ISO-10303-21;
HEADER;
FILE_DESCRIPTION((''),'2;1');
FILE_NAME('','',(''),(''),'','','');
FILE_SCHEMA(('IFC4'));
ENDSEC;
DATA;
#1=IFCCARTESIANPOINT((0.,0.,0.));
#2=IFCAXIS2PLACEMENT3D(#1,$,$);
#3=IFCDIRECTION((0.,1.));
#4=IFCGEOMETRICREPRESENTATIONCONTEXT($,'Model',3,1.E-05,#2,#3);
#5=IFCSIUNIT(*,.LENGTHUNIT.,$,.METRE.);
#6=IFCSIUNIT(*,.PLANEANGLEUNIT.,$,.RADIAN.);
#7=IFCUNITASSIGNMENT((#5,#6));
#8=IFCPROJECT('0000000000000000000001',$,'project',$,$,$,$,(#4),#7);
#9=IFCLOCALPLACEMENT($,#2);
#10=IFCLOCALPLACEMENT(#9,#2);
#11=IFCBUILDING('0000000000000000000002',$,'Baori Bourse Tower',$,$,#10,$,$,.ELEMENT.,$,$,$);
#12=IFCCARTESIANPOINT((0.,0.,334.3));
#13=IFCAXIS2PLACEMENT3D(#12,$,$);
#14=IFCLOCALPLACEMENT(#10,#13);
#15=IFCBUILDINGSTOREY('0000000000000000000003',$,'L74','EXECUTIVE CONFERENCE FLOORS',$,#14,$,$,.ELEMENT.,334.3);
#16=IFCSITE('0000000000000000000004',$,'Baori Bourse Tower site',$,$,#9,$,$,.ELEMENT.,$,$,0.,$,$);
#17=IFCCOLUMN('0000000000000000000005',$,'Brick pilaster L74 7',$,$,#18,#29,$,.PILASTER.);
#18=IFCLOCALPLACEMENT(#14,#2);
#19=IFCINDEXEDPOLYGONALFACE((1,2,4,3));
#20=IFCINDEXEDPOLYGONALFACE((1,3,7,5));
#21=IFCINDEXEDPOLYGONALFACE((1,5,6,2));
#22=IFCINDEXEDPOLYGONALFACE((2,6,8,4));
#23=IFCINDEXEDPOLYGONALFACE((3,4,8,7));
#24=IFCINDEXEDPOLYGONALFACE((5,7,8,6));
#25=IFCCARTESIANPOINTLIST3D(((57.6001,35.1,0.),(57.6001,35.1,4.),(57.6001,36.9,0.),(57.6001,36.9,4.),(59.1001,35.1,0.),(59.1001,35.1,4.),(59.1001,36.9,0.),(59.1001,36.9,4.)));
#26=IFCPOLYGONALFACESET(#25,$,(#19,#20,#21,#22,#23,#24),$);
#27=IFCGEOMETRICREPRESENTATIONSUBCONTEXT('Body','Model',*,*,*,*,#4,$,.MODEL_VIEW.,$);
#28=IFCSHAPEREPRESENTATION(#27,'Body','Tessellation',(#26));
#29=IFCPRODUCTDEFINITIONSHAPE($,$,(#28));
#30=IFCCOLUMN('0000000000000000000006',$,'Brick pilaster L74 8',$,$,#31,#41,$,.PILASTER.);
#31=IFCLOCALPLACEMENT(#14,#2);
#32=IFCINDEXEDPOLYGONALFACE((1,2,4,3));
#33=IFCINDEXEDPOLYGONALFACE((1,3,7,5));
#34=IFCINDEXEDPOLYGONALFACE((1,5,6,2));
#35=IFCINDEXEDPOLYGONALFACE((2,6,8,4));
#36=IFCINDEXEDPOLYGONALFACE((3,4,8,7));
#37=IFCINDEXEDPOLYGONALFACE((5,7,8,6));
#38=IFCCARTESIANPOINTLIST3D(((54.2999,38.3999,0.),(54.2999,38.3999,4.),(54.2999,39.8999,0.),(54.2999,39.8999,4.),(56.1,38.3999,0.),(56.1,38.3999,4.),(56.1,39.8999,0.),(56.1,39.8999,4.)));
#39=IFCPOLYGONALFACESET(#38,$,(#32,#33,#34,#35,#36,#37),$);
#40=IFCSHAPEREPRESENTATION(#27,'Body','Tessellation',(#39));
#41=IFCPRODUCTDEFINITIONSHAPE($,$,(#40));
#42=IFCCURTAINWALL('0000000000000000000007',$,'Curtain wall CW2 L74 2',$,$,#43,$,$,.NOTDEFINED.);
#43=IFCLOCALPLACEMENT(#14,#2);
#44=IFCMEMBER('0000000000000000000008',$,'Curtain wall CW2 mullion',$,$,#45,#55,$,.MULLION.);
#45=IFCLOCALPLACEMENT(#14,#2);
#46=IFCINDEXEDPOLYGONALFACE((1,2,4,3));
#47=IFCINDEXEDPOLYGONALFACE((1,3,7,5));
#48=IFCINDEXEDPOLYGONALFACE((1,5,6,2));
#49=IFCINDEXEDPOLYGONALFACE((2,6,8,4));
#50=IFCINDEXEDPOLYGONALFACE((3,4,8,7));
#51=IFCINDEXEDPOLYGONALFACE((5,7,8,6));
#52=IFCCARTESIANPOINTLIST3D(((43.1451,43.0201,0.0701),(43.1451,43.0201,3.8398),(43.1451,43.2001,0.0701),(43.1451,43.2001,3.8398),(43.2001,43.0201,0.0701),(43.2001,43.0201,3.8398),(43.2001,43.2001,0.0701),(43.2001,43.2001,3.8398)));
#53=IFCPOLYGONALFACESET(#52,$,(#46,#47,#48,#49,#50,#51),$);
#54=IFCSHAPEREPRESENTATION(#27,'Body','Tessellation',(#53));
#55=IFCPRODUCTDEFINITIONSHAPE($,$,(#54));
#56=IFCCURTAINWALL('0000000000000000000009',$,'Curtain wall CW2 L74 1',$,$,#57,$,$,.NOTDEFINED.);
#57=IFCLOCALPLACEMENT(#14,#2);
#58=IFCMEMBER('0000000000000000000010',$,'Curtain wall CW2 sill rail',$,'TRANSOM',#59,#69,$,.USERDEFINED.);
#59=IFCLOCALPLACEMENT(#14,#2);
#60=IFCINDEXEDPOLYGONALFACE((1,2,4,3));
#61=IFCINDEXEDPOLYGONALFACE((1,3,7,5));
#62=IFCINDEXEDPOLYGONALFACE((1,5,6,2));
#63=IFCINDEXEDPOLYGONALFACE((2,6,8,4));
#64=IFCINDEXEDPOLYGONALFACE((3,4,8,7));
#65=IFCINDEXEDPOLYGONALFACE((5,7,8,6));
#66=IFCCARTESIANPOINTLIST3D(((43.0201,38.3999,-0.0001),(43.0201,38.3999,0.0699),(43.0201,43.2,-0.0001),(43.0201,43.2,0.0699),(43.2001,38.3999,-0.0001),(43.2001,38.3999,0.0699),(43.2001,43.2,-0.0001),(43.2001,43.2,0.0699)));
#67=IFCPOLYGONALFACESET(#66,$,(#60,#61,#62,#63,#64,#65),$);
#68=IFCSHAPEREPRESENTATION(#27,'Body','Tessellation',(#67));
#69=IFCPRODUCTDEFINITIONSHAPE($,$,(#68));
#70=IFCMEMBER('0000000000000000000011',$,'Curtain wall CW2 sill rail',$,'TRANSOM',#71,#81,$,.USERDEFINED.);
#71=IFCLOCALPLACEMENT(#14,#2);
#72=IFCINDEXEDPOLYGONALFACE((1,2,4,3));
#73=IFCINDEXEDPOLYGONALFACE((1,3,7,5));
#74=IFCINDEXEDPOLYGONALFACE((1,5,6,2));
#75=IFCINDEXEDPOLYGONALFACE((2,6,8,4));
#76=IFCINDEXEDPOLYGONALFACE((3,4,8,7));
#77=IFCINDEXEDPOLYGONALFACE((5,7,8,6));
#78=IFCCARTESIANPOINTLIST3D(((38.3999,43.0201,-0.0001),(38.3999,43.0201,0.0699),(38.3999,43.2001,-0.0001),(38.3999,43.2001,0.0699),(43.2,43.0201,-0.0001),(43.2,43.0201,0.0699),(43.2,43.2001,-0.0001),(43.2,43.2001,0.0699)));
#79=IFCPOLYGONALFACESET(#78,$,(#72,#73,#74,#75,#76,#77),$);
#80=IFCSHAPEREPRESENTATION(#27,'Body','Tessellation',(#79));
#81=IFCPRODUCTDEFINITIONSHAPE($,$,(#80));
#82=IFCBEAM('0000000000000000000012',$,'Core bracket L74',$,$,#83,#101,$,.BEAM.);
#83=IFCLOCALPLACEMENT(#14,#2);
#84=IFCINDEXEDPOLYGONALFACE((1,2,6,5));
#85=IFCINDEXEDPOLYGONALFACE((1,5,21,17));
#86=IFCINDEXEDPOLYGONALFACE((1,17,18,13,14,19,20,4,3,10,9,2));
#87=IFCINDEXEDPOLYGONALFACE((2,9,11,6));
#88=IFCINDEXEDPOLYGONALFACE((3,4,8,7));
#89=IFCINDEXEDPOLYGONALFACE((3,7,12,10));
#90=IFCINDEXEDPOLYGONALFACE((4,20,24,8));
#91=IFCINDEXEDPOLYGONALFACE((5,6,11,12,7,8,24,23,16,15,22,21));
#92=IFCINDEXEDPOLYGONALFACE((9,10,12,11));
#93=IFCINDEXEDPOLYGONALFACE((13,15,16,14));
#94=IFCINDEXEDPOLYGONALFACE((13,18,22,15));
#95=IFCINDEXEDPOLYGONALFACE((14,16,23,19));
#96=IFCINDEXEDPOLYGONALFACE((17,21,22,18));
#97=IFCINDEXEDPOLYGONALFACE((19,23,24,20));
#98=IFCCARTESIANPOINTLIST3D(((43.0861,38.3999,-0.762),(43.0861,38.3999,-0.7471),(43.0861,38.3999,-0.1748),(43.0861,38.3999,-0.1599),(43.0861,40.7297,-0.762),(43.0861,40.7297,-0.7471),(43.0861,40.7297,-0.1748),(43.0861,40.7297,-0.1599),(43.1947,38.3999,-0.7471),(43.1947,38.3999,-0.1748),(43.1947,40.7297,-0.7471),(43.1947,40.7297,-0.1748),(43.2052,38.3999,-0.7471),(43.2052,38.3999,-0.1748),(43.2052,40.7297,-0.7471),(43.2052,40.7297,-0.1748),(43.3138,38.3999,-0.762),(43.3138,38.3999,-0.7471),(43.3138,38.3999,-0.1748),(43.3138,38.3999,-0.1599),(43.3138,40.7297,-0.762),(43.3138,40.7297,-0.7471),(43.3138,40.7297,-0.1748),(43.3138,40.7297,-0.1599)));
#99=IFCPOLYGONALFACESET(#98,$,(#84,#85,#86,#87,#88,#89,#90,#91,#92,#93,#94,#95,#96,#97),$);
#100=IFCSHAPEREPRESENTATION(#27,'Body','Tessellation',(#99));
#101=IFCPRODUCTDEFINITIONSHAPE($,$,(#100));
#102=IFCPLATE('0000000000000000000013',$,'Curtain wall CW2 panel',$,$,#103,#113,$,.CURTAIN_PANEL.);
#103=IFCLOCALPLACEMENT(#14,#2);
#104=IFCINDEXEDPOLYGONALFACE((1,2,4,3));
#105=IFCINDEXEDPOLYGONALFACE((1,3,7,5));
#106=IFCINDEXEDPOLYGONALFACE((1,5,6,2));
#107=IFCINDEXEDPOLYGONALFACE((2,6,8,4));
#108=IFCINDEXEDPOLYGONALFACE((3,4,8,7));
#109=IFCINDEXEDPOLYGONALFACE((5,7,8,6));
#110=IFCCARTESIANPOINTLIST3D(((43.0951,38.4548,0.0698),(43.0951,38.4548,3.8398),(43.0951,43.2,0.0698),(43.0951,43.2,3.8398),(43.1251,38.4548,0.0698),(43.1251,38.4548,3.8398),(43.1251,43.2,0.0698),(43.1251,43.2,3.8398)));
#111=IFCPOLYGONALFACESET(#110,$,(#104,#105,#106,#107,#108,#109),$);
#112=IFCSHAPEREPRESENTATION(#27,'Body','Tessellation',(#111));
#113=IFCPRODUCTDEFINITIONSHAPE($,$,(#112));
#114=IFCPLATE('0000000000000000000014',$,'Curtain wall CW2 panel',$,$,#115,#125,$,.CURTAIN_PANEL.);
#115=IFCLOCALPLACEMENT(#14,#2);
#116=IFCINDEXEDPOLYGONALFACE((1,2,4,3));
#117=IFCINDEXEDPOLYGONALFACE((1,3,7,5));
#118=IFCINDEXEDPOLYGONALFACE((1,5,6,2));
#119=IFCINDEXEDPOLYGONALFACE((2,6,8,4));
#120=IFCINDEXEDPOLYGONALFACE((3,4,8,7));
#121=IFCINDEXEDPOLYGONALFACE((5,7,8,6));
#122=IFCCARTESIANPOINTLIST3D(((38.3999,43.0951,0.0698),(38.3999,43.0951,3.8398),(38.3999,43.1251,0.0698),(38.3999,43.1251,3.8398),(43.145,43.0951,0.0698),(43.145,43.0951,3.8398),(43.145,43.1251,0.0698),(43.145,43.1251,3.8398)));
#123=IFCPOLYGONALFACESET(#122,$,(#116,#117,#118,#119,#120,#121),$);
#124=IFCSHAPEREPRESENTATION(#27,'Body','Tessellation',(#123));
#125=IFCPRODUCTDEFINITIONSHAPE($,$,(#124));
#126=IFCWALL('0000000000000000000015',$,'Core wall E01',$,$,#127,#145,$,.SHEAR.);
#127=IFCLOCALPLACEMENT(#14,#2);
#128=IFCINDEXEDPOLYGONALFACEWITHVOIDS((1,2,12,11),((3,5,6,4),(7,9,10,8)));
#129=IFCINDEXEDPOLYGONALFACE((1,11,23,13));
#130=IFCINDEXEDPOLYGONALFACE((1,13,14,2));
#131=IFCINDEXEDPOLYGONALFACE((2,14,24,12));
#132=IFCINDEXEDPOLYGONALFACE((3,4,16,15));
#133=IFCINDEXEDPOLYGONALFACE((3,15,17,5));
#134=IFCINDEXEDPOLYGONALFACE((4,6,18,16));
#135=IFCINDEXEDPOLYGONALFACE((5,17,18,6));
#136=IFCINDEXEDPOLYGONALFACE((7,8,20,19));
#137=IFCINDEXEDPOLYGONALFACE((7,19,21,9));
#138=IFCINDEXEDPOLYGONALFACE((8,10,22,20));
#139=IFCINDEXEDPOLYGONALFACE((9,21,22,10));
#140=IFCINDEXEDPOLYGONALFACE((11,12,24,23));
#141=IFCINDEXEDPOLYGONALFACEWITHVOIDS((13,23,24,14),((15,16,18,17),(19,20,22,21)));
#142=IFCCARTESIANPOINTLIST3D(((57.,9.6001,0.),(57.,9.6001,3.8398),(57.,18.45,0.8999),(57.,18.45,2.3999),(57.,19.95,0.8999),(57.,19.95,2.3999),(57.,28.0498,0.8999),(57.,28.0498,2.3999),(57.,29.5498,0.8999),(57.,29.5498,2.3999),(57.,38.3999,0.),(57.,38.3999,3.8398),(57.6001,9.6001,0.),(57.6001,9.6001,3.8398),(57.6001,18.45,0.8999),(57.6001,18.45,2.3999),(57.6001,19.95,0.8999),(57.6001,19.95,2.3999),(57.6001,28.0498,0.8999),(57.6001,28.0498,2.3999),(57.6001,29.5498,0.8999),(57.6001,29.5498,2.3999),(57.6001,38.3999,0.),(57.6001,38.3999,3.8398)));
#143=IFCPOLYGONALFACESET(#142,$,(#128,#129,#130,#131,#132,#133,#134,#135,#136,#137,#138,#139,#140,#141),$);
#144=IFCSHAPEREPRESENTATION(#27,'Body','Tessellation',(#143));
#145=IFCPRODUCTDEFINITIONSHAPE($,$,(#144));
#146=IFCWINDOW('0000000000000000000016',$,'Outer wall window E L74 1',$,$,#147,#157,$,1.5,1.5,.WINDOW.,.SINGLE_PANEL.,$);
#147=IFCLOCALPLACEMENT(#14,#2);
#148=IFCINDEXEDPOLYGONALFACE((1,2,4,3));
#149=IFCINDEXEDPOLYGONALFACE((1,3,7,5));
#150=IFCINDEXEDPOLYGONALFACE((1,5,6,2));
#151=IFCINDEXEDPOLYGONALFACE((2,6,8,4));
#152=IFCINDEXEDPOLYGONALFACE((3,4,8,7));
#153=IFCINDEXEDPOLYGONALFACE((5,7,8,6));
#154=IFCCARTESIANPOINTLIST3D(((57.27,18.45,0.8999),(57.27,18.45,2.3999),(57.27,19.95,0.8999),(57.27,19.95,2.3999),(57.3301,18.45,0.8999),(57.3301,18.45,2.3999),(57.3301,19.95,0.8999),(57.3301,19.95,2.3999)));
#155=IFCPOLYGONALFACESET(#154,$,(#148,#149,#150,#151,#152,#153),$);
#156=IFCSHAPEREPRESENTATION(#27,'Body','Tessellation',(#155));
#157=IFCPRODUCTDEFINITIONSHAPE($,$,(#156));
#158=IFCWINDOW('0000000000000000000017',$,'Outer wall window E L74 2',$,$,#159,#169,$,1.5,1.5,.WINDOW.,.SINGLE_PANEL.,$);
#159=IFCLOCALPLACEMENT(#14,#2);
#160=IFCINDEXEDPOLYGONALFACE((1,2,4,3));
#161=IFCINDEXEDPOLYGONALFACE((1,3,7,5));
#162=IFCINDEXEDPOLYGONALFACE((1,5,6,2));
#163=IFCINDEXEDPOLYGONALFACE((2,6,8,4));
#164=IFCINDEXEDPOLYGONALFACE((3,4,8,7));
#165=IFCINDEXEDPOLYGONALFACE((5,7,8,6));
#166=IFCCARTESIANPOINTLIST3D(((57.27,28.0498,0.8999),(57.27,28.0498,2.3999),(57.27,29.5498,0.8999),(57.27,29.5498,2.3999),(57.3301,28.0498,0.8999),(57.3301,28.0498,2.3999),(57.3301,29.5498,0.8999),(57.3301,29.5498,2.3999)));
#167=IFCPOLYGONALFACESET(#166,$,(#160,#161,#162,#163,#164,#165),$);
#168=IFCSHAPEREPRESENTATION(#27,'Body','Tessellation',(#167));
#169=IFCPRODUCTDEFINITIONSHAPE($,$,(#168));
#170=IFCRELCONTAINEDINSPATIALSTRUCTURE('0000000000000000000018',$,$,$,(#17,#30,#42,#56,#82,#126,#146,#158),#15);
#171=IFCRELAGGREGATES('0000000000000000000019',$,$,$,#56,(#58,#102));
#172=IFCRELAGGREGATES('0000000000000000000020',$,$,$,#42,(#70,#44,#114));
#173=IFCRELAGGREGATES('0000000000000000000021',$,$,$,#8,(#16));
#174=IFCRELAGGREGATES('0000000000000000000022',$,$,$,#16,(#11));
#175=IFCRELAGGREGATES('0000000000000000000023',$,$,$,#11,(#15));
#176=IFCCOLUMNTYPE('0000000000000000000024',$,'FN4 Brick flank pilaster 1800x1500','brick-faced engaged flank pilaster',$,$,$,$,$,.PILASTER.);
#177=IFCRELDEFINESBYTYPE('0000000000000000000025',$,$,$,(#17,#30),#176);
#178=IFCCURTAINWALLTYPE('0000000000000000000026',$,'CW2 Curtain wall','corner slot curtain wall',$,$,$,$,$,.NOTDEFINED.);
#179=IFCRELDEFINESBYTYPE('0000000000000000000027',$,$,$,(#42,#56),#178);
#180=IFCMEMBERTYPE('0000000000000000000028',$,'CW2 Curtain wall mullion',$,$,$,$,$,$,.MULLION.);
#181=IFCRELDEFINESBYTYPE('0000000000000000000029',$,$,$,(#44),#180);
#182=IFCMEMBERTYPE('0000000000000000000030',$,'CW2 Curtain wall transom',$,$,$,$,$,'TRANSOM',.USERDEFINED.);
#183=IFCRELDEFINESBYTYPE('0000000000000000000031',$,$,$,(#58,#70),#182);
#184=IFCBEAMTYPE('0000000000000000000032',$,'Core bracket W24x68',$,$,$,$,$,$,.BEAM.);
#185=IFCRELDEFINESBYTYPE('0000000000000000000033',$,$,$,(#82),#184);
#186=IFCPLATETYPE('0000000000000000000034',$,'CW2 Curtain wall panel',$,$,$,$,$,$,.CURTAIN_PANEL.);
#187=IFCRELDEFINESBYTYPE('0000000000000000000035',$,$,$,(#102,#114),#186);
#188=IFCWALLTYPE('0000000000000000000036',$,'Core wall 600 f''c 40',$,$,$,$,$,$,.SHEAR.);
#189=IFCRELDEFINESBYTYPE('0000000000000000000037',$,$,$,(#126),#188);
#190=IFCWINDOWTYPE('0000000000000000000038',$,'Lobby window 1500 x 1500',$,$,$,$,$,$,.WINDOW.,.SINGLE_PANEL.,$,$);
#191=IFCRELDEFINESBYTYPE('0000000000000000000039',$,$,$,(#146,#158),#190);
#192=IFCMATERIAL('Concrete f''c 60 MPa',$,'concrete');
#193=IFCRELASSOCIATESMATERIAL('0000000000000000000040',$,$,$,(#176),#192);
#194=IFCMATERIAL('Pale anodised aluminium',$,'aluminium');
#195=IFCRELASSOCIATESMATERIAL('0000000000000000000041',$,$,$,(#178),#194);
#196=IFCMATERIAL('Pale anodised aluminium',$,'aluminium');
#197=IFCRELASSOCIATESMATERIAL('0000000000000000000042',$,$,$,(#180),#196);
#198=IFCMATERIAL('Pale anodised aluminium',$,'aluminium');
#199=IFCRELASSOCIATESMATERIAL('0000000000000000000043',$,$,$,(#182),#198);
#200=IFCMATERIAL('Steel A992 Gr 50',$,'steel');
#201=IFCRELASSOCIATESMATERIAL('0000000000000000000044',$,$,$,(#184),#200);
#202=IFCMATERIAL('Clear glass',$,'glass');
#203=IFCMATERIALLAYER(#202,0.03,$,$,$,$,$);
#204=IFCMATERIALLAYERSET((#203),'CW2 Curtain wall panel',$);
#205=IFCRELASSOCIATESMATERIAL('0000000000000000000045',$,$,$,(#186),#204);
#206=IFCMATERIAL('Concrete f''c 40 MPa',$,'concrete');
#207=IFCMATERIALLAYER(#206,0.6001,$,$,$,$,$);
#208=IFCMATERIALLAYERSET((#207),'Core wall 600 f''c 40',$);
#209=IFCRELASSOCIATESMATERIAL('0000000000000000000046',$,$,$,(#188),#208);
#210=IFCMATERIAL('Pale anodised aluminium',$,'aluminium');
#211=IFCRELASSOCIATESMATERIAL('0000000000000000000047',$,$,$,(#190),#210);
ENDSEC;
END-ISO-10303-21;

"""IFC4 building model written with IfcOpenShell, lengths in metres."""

from ifc_helpers import new_model, si_unit, direction, frame, frame_2d, origin, origin_2d, place, context, subcontext, project, spatial, rectangle, i_section, extrude, material, layer, layer_set, material_profile, profile_set, type_object, element, fill, aggregate, save


model = new_model("IFC4")

# Units and contexts
model_context = context("Model", 3, precision=1e-05, world=origin(), true_north=direction((0.0, 1.0)))
body_context = subcontext(model_context, "Body", "Model", "MODEL_VIEW")
ifc_project = project(units=[si_unit("LENGTHUNIT", "METRE"), si_unit("PLANEANGLEUNIT", "RADIAN")], contexts=[model_context])

# Site, building, storey
site_placement = place(None, origin())
site = spatial("IfcSite", under=ifc_project, at=site_placement, Name="Baori Bourse Tower site", CompositionType="ELEMENT", RefElevation=0.0)
building_placement = place(site_placement, origin())
building = spatial("IfcBuilding", under=site, at=building_placement, Name="Baori Bourse Tower", CompositionType="ELEMENT")
storey_placement = place(building_placement, frame((0.0, 0.0, 334.3)))
storey = spatial("IfcBuildingStorey", under=building, at=storey_placement, Name="L74", Description="EXECUTIVE CONFERENCE FLOORS", CompositionType="ELEMENT", Elevation=334.3)

# Columns
ifc_material_1 = material(Name="Concrete f'c 60 MPa", Category="concrete")
ifc_material_profile_1 = material_profile(ifc_material_1, rectangle(XDim=1.8, YDim=1.5, at=origin_2d()), Name="RC 1800x1500")
ifc_profile_set_1 = profile_set([ifc_material_profile_1], Name="Concrete f'c 60 MPa")
column_type = type_object("IfcColumnType", Name="FN4 Brick flank pilaster 1800x1500", Description="brick-faced engaged flank pilaster", PredefinedType="PILASTER", material=ifc_profile_set_1)
for number, where, z_axis, x_axis, name in (
    (1, (58.3501, 36.0, 0.0), (0.0, 0.0, 1.0), (0.0, 1.0, 0.0), "Brick pilaster L74 7"),
    (2, (55.2, 39.1499, 0.0), (0.0, 0.0, 1.0), (1.0, 0.0, 0.0), "Brick pilaster L74 8"),
):
    element("IfcColumn", number, at=place(storey_placement, frame(where, z_axis=z_axis, x_axis=x_axis)), inside=storey, type_object=column_type, Name=name, PredefinedType="PILASTER", context=body_context, shape_type="SweptSolid", body=[
        extrude(rectangle(XDim=1.8, YDim=1.5, at=origin_2d()), origin(), (0.0, 0.0, 1.0), 4.0),
    ])

# Curtain walls, members
ifc_material_2 = material(Name="Pale anodised aluminium", Category="aluminium")
curtain_wall_type = type_object("IfcCurtainWallType", Name="CW2 Curtain wall", Description="corner slot curtain wall", PredefinedType="NOTDEFINED", material=ifc_material_2)
curtain_wall_1_placement = place(storey_placement, origin())
curtain_wall_1 = element("IfcCurtainWall", 3, at=curtain_wall_1_placement, inside=storey, type_object=curtain_wall_type, Name="Curtain wall CW2 L74 2", PredefinedType="NOTDEFINED")
ifc_material_3 = material(Name="Pale anodised aluminium", Category="aluminium")
ifc_material_profile_2 = material_profile(ifc_material_3, rectangle(XDim=0.1799, YDim=0.0549, at=origin_2d()), Name="Mullion 55x180")
ifc_profile_set_2 = profile_set([ifc_material_profile_2], Name="Pale anodised aluminium")
member_type_1 = type_object("IfcMemberType", Name="CW2 Curtain wall mullion", PredefinedType="MULLION", material=ifc_profile_set_2)
member_1_placement = place(storey_placement, frame((43.1726, 43.1101, 0.0701), z_axis=(0.0, 0.0, 1.0), x_axis=(0.0, -1.0, 0.0)))
member_1 = element("IfcMember", 4, at=member_1_placement, type_object=member_type_1, Name="Curtain wall CW2 mullion", PredefinedType="MULLION", context=body_context, shape_type="SweptSolid", body=[
    extrude(rectangle(XDim=0.1799, YDim=0.0549, at=origin_2d()), origin(), (0.0, 0.0, 1.0), 3.7698),
])
curtain_wall_2_placement = place(storey_placement, origin())
curtain_wall_2 = element("IfcCurtainWall", 5, at=curtain_wall_2_placement, inside=storey, type_object=curtain_wall_type, Name="Curtain wall CW2 L74 1", PredefinedType="NOTDEFINED")
ifc_material_4 = material(Name="Pale anodised aluminium", Category="aluminium")
ifc_material_profile_3 = material_profile(ifc_material_4, rectangle(XDim=0.1799, YDim=0.0701, at=origin_2d()), Name="Transom 70x180")
ifc_profile_set_3 = profile_set([ifc_material_profile_3], Name="Pale anodised aluminium")
member_type_2 = type_object("IfcMemberType", Name="CW2 Curtain wall transom", ElementType="TRANSOM", PredefinedType="USERDEFINED", material=ifc_profile_set_3)
member_2_placement = place(storey_placement, frame((43.1101, 38.3999, 0.0349), z_axis=(0.0, 1.0, 0.0), x_axis=(-1.0, 0.0, 0.0)))
member_2 = element("IfcMember", 6, at=member_2_placement, type_object=member_type_2, Name="Curtain wall CW2 sill rail", ObjectType="TRANSOM", PredefinedType="USERDEFINED", context=body_context, shape_type="SweptSolid", body=[
    extrude(rectangle(XDim=0.1799, YDim=0.0701, at=origin_2d()), origin(), (0.0, 0.0, 1.0), 4.8),
])

# Member
member_3_placement = place(storey_placement, frame((43.2, 43.1101, 0.0349), z_axis=(-1.0, 0.0, 0.0), x_axis=(0.0, -1.0, 0.0)))
member_3 = element("IfcMember", 7, at=member_3_placement, type_object=member_type_2, Name="Curtain wall CW2 sill rail", ObjectType="TRANSOM", PredefinedType="USERDEFINED", context=body_context, shape_type="SweptSolid", body=[
    extrude(rectangle(XDim=0.1799, YDim=0.0701, at=origin_2d()), origin(), (0.0, 0.0, 1.0), 4.8),
])

# Beam
ifc_material_5 = material(Name="Steel A992 Gr 50", Category="steel")
ifc_material_profile_4 = material_profile(ifc_material_5, i_section(OverallWidth=0.2278, OverallDepth=0.6021, WebThickness=0.0105, FlangeThickness=0.0149, at=origin_2d()), Name="W24x68")
ifc_profile_set_4 = profile_set([ifc_material_profile_4], Name="Steel A992 Gr 50")
beam_type = type_object("IfcBeamType", Name="Core bracket W24x68", PredefinedType="BEAM", material=ifc_profile_set_4)
beam_placement = place(storey_placement, frame((43.2, 38.3999, -0.4609), z_axis=(0.0, 1.0, 0.0), x_axis=(-1.0, 0.0, 0.0)))
element("IfcBeam", 8, at=beam_placement, inside=storey, type_object=beam_type, Name="Core bracket L74", PredefinedType="BEAM", context=body_context, shape_type="SweptSolid", body=[
    extrude(i_section(OverallWidth=0.2278, OverallDepth=0.6021, WebThickness=0.0105, FlangeThickness=0.0149, at=origin_2d()), origin(), (0.0, 0.0, 1.0), 2.3298),
])

# Plates
ifc_material_6 = material(Name="Clear glass", Category="glass")
ifc_layer_1 = layer(ifc_material_6, 0.03)
ifc_layer_set_1 = layer_set([ifc_layer_1], Name="CW2 Curtain wall panel")
plate_type = type_object("IfcPlateType", Name="CW2 Curtain wall panel", PredefinedType="CURTAIN_PANEL", material=ifc_layer_set_1)
plate_1_placement = place(storey_placement, frame((43.1101, 40.8274, 0.0698), z_axis=(0.0, 0.0, 1.0), x_axis=(0.0, 1.0, 0.0)))
plate_1 = element("IfcPlate", 9, at=plate_1_placement, type_object=plate_type, Name="Curtain wall CW2 panel", PredefinedType="CURTAIN_PANEL", context=body_context, shape_type="SweptSolid", body=[
    extrude(rectangle(XDim=4.7451, YDim=0.03, at=origin_2d()), origin(), (0.0, 0.0, 1.0), 3.77),
])
aggregate(curtain_wall_2, [member_2, plate_1])
plate_2_placement = place(storey_placement, frame((40.7725, 43.1101, 0.0698), z_axis=(0.0, 0.0, 1.0), x_axis=(-1.0, 0.0, 0.0)))
plate_2 = element("IfcPlate", 10, at=plate_2_placement, type_object=plate_type, Name="Curtain wall CW2 panel", PredefinedType="CURTAIN_PANEL", context=body_context, shape_type="SweptSolid", body=[
    extrude(rectangle(XDim=4.7451, YDim=0.03, at=origin_2d()), origin(), (0.0, 0.0, 1.0), 3.77),
])
aggregate(curtain_wall_1, [member_3, member_1, plate_2])

# Wall, openings, windows
ifc_material_7 = material(Name="Concrete f'c 40 MPa", Category="concrete")
ifc_layer_2 = layer(ifc_material_7, 0.6001)
ifc_layer_set_2 = layer_set([ifc_layer_2], Name="Core wall 600 f'c 40")
wall_type_1 = type_object("IfcWallType", Name="Core wall 600 f'c 40", PredefinedType="SHEAR", material=ifc_layer_set_2)
wall_1_placement = place(storey_placement, frame((57.3, 38.3999, 0.0), z_axis=(0.0, 0.0, 1.0), x_axis=(0.0, -1.0, 0.0)))
wall_1 = element("IfcWall", 11, at=wall_1_placement, inside=storey, type_object=wall_type_1, Name="Core wall E01", PredefinedType="SHEAR", context=body_context, shape_type="SweptSolid", body=[
    extrude(rectangle(XDim=28.7998, YDim=0.6001, at=frame_2d((14.3999, 0.0))), origin(), (0.0, 0.0, 1.0), 3.8398),
])
opening_1_placement = place(wall_1_placement, frame((18.45, 0.0, 0.8999)))
opening_1 = element("IfcOpeningElement", 12, at=opening_1_placement, cuts=wall_1, PredefinedType="OPENING", context=body_context, shape_type="SweptSolid", body=[
    extrude(rectangle(XDim=1.5, YDim=1.5, at=frame_2d((0.75, 0.75))), frame((0.0, 0.3101, 0.0), z_axis=(0.0, -1.0, 0.0), x_axis=(1.0, 0.0, 0.0)), (0.0, 0.0, 1.0), 0.6201),
])
opening_2_placement = place(wall_1_placement, frame((8.8501, 0.0, 0.8999)))
opening_2 = element("IfcOpeningElement", 13, at=opening_2_placement, cuts=wall_1, PredefinedType="OPENING", context=body_context, shape_type="SweptSolid", body=[
    extrude(rectangle(XDim=1.5, YDim=1.5, at=frame_2d((0.75, 0.75))), frame((0.0, 0.3101, 0.0), z_axis=(0.0, -1.0, 0.0), x_axis=(1.0, 0.0, 0.0)), (0.0, 0.0, 1.0), 0.6201),
])
ifc_material_8 = material(Name="Pale anodised aluminium", Category="aluminium")
window_type_1 = type_object("IfcWindowType", Name="Lobby window 1500 x 1500", PartitioningType="SINGLE_PANEL", PredefinedType="WINDOW", material=ifc_material_8)
window_1_placement = place(opening_1_placement, origin())
window_1 = element("IfcWindow", 14, at=window_1_placement, inside=storey, type_object=window_type_1, Name="Outer wall window E L74 1", OverallHeight=1.5, OverallWidth=1.5, PartitioningType="SINGLE_PANEL", PredefinedType="WINDOW", context=body_context, shape_type="SweptSolid", body=[
    extrude(rectangle(XDim=1.5, YDim=1.5, at=frame_2d((0.75, 0.75))), frame((0.0, 0.03, 0.0), z_axis=(0.0, -1.0, 0.0), x_axis=(1.0, 0.0, 0.0)), (0.0, 0.0, 1.0), 0.0601),
])
fill(opening_1, window_1)
window_2_placement = place(opening_2_placement, origin())
window_2 = element("IfcWindow", 15, at=window_2_placement, inside=storey, type_object=window_type_1, Name="Outer wall window E L74 2", OverallHeight=1.5, OverallWidth=1.5, PartitioningType="SINGLE_PANEL", PredefinedType="WINDOW", context=body_context, shape_type="SweptSolid", body=[
    extrude(rectangle(XDim=1.5, YDim=1.5, at=frame_2d((0.75, 0.75))), frame((0.0, 0.03, 0.0), z_axis=(0.0, -1.0, 0.0), x_axis=(1.0, 0.0, 0.0)), (0.0, 0.0, 1.0), 0.0601),
])
fill(opening_2, window_2)

save(model, "model.ifc")
